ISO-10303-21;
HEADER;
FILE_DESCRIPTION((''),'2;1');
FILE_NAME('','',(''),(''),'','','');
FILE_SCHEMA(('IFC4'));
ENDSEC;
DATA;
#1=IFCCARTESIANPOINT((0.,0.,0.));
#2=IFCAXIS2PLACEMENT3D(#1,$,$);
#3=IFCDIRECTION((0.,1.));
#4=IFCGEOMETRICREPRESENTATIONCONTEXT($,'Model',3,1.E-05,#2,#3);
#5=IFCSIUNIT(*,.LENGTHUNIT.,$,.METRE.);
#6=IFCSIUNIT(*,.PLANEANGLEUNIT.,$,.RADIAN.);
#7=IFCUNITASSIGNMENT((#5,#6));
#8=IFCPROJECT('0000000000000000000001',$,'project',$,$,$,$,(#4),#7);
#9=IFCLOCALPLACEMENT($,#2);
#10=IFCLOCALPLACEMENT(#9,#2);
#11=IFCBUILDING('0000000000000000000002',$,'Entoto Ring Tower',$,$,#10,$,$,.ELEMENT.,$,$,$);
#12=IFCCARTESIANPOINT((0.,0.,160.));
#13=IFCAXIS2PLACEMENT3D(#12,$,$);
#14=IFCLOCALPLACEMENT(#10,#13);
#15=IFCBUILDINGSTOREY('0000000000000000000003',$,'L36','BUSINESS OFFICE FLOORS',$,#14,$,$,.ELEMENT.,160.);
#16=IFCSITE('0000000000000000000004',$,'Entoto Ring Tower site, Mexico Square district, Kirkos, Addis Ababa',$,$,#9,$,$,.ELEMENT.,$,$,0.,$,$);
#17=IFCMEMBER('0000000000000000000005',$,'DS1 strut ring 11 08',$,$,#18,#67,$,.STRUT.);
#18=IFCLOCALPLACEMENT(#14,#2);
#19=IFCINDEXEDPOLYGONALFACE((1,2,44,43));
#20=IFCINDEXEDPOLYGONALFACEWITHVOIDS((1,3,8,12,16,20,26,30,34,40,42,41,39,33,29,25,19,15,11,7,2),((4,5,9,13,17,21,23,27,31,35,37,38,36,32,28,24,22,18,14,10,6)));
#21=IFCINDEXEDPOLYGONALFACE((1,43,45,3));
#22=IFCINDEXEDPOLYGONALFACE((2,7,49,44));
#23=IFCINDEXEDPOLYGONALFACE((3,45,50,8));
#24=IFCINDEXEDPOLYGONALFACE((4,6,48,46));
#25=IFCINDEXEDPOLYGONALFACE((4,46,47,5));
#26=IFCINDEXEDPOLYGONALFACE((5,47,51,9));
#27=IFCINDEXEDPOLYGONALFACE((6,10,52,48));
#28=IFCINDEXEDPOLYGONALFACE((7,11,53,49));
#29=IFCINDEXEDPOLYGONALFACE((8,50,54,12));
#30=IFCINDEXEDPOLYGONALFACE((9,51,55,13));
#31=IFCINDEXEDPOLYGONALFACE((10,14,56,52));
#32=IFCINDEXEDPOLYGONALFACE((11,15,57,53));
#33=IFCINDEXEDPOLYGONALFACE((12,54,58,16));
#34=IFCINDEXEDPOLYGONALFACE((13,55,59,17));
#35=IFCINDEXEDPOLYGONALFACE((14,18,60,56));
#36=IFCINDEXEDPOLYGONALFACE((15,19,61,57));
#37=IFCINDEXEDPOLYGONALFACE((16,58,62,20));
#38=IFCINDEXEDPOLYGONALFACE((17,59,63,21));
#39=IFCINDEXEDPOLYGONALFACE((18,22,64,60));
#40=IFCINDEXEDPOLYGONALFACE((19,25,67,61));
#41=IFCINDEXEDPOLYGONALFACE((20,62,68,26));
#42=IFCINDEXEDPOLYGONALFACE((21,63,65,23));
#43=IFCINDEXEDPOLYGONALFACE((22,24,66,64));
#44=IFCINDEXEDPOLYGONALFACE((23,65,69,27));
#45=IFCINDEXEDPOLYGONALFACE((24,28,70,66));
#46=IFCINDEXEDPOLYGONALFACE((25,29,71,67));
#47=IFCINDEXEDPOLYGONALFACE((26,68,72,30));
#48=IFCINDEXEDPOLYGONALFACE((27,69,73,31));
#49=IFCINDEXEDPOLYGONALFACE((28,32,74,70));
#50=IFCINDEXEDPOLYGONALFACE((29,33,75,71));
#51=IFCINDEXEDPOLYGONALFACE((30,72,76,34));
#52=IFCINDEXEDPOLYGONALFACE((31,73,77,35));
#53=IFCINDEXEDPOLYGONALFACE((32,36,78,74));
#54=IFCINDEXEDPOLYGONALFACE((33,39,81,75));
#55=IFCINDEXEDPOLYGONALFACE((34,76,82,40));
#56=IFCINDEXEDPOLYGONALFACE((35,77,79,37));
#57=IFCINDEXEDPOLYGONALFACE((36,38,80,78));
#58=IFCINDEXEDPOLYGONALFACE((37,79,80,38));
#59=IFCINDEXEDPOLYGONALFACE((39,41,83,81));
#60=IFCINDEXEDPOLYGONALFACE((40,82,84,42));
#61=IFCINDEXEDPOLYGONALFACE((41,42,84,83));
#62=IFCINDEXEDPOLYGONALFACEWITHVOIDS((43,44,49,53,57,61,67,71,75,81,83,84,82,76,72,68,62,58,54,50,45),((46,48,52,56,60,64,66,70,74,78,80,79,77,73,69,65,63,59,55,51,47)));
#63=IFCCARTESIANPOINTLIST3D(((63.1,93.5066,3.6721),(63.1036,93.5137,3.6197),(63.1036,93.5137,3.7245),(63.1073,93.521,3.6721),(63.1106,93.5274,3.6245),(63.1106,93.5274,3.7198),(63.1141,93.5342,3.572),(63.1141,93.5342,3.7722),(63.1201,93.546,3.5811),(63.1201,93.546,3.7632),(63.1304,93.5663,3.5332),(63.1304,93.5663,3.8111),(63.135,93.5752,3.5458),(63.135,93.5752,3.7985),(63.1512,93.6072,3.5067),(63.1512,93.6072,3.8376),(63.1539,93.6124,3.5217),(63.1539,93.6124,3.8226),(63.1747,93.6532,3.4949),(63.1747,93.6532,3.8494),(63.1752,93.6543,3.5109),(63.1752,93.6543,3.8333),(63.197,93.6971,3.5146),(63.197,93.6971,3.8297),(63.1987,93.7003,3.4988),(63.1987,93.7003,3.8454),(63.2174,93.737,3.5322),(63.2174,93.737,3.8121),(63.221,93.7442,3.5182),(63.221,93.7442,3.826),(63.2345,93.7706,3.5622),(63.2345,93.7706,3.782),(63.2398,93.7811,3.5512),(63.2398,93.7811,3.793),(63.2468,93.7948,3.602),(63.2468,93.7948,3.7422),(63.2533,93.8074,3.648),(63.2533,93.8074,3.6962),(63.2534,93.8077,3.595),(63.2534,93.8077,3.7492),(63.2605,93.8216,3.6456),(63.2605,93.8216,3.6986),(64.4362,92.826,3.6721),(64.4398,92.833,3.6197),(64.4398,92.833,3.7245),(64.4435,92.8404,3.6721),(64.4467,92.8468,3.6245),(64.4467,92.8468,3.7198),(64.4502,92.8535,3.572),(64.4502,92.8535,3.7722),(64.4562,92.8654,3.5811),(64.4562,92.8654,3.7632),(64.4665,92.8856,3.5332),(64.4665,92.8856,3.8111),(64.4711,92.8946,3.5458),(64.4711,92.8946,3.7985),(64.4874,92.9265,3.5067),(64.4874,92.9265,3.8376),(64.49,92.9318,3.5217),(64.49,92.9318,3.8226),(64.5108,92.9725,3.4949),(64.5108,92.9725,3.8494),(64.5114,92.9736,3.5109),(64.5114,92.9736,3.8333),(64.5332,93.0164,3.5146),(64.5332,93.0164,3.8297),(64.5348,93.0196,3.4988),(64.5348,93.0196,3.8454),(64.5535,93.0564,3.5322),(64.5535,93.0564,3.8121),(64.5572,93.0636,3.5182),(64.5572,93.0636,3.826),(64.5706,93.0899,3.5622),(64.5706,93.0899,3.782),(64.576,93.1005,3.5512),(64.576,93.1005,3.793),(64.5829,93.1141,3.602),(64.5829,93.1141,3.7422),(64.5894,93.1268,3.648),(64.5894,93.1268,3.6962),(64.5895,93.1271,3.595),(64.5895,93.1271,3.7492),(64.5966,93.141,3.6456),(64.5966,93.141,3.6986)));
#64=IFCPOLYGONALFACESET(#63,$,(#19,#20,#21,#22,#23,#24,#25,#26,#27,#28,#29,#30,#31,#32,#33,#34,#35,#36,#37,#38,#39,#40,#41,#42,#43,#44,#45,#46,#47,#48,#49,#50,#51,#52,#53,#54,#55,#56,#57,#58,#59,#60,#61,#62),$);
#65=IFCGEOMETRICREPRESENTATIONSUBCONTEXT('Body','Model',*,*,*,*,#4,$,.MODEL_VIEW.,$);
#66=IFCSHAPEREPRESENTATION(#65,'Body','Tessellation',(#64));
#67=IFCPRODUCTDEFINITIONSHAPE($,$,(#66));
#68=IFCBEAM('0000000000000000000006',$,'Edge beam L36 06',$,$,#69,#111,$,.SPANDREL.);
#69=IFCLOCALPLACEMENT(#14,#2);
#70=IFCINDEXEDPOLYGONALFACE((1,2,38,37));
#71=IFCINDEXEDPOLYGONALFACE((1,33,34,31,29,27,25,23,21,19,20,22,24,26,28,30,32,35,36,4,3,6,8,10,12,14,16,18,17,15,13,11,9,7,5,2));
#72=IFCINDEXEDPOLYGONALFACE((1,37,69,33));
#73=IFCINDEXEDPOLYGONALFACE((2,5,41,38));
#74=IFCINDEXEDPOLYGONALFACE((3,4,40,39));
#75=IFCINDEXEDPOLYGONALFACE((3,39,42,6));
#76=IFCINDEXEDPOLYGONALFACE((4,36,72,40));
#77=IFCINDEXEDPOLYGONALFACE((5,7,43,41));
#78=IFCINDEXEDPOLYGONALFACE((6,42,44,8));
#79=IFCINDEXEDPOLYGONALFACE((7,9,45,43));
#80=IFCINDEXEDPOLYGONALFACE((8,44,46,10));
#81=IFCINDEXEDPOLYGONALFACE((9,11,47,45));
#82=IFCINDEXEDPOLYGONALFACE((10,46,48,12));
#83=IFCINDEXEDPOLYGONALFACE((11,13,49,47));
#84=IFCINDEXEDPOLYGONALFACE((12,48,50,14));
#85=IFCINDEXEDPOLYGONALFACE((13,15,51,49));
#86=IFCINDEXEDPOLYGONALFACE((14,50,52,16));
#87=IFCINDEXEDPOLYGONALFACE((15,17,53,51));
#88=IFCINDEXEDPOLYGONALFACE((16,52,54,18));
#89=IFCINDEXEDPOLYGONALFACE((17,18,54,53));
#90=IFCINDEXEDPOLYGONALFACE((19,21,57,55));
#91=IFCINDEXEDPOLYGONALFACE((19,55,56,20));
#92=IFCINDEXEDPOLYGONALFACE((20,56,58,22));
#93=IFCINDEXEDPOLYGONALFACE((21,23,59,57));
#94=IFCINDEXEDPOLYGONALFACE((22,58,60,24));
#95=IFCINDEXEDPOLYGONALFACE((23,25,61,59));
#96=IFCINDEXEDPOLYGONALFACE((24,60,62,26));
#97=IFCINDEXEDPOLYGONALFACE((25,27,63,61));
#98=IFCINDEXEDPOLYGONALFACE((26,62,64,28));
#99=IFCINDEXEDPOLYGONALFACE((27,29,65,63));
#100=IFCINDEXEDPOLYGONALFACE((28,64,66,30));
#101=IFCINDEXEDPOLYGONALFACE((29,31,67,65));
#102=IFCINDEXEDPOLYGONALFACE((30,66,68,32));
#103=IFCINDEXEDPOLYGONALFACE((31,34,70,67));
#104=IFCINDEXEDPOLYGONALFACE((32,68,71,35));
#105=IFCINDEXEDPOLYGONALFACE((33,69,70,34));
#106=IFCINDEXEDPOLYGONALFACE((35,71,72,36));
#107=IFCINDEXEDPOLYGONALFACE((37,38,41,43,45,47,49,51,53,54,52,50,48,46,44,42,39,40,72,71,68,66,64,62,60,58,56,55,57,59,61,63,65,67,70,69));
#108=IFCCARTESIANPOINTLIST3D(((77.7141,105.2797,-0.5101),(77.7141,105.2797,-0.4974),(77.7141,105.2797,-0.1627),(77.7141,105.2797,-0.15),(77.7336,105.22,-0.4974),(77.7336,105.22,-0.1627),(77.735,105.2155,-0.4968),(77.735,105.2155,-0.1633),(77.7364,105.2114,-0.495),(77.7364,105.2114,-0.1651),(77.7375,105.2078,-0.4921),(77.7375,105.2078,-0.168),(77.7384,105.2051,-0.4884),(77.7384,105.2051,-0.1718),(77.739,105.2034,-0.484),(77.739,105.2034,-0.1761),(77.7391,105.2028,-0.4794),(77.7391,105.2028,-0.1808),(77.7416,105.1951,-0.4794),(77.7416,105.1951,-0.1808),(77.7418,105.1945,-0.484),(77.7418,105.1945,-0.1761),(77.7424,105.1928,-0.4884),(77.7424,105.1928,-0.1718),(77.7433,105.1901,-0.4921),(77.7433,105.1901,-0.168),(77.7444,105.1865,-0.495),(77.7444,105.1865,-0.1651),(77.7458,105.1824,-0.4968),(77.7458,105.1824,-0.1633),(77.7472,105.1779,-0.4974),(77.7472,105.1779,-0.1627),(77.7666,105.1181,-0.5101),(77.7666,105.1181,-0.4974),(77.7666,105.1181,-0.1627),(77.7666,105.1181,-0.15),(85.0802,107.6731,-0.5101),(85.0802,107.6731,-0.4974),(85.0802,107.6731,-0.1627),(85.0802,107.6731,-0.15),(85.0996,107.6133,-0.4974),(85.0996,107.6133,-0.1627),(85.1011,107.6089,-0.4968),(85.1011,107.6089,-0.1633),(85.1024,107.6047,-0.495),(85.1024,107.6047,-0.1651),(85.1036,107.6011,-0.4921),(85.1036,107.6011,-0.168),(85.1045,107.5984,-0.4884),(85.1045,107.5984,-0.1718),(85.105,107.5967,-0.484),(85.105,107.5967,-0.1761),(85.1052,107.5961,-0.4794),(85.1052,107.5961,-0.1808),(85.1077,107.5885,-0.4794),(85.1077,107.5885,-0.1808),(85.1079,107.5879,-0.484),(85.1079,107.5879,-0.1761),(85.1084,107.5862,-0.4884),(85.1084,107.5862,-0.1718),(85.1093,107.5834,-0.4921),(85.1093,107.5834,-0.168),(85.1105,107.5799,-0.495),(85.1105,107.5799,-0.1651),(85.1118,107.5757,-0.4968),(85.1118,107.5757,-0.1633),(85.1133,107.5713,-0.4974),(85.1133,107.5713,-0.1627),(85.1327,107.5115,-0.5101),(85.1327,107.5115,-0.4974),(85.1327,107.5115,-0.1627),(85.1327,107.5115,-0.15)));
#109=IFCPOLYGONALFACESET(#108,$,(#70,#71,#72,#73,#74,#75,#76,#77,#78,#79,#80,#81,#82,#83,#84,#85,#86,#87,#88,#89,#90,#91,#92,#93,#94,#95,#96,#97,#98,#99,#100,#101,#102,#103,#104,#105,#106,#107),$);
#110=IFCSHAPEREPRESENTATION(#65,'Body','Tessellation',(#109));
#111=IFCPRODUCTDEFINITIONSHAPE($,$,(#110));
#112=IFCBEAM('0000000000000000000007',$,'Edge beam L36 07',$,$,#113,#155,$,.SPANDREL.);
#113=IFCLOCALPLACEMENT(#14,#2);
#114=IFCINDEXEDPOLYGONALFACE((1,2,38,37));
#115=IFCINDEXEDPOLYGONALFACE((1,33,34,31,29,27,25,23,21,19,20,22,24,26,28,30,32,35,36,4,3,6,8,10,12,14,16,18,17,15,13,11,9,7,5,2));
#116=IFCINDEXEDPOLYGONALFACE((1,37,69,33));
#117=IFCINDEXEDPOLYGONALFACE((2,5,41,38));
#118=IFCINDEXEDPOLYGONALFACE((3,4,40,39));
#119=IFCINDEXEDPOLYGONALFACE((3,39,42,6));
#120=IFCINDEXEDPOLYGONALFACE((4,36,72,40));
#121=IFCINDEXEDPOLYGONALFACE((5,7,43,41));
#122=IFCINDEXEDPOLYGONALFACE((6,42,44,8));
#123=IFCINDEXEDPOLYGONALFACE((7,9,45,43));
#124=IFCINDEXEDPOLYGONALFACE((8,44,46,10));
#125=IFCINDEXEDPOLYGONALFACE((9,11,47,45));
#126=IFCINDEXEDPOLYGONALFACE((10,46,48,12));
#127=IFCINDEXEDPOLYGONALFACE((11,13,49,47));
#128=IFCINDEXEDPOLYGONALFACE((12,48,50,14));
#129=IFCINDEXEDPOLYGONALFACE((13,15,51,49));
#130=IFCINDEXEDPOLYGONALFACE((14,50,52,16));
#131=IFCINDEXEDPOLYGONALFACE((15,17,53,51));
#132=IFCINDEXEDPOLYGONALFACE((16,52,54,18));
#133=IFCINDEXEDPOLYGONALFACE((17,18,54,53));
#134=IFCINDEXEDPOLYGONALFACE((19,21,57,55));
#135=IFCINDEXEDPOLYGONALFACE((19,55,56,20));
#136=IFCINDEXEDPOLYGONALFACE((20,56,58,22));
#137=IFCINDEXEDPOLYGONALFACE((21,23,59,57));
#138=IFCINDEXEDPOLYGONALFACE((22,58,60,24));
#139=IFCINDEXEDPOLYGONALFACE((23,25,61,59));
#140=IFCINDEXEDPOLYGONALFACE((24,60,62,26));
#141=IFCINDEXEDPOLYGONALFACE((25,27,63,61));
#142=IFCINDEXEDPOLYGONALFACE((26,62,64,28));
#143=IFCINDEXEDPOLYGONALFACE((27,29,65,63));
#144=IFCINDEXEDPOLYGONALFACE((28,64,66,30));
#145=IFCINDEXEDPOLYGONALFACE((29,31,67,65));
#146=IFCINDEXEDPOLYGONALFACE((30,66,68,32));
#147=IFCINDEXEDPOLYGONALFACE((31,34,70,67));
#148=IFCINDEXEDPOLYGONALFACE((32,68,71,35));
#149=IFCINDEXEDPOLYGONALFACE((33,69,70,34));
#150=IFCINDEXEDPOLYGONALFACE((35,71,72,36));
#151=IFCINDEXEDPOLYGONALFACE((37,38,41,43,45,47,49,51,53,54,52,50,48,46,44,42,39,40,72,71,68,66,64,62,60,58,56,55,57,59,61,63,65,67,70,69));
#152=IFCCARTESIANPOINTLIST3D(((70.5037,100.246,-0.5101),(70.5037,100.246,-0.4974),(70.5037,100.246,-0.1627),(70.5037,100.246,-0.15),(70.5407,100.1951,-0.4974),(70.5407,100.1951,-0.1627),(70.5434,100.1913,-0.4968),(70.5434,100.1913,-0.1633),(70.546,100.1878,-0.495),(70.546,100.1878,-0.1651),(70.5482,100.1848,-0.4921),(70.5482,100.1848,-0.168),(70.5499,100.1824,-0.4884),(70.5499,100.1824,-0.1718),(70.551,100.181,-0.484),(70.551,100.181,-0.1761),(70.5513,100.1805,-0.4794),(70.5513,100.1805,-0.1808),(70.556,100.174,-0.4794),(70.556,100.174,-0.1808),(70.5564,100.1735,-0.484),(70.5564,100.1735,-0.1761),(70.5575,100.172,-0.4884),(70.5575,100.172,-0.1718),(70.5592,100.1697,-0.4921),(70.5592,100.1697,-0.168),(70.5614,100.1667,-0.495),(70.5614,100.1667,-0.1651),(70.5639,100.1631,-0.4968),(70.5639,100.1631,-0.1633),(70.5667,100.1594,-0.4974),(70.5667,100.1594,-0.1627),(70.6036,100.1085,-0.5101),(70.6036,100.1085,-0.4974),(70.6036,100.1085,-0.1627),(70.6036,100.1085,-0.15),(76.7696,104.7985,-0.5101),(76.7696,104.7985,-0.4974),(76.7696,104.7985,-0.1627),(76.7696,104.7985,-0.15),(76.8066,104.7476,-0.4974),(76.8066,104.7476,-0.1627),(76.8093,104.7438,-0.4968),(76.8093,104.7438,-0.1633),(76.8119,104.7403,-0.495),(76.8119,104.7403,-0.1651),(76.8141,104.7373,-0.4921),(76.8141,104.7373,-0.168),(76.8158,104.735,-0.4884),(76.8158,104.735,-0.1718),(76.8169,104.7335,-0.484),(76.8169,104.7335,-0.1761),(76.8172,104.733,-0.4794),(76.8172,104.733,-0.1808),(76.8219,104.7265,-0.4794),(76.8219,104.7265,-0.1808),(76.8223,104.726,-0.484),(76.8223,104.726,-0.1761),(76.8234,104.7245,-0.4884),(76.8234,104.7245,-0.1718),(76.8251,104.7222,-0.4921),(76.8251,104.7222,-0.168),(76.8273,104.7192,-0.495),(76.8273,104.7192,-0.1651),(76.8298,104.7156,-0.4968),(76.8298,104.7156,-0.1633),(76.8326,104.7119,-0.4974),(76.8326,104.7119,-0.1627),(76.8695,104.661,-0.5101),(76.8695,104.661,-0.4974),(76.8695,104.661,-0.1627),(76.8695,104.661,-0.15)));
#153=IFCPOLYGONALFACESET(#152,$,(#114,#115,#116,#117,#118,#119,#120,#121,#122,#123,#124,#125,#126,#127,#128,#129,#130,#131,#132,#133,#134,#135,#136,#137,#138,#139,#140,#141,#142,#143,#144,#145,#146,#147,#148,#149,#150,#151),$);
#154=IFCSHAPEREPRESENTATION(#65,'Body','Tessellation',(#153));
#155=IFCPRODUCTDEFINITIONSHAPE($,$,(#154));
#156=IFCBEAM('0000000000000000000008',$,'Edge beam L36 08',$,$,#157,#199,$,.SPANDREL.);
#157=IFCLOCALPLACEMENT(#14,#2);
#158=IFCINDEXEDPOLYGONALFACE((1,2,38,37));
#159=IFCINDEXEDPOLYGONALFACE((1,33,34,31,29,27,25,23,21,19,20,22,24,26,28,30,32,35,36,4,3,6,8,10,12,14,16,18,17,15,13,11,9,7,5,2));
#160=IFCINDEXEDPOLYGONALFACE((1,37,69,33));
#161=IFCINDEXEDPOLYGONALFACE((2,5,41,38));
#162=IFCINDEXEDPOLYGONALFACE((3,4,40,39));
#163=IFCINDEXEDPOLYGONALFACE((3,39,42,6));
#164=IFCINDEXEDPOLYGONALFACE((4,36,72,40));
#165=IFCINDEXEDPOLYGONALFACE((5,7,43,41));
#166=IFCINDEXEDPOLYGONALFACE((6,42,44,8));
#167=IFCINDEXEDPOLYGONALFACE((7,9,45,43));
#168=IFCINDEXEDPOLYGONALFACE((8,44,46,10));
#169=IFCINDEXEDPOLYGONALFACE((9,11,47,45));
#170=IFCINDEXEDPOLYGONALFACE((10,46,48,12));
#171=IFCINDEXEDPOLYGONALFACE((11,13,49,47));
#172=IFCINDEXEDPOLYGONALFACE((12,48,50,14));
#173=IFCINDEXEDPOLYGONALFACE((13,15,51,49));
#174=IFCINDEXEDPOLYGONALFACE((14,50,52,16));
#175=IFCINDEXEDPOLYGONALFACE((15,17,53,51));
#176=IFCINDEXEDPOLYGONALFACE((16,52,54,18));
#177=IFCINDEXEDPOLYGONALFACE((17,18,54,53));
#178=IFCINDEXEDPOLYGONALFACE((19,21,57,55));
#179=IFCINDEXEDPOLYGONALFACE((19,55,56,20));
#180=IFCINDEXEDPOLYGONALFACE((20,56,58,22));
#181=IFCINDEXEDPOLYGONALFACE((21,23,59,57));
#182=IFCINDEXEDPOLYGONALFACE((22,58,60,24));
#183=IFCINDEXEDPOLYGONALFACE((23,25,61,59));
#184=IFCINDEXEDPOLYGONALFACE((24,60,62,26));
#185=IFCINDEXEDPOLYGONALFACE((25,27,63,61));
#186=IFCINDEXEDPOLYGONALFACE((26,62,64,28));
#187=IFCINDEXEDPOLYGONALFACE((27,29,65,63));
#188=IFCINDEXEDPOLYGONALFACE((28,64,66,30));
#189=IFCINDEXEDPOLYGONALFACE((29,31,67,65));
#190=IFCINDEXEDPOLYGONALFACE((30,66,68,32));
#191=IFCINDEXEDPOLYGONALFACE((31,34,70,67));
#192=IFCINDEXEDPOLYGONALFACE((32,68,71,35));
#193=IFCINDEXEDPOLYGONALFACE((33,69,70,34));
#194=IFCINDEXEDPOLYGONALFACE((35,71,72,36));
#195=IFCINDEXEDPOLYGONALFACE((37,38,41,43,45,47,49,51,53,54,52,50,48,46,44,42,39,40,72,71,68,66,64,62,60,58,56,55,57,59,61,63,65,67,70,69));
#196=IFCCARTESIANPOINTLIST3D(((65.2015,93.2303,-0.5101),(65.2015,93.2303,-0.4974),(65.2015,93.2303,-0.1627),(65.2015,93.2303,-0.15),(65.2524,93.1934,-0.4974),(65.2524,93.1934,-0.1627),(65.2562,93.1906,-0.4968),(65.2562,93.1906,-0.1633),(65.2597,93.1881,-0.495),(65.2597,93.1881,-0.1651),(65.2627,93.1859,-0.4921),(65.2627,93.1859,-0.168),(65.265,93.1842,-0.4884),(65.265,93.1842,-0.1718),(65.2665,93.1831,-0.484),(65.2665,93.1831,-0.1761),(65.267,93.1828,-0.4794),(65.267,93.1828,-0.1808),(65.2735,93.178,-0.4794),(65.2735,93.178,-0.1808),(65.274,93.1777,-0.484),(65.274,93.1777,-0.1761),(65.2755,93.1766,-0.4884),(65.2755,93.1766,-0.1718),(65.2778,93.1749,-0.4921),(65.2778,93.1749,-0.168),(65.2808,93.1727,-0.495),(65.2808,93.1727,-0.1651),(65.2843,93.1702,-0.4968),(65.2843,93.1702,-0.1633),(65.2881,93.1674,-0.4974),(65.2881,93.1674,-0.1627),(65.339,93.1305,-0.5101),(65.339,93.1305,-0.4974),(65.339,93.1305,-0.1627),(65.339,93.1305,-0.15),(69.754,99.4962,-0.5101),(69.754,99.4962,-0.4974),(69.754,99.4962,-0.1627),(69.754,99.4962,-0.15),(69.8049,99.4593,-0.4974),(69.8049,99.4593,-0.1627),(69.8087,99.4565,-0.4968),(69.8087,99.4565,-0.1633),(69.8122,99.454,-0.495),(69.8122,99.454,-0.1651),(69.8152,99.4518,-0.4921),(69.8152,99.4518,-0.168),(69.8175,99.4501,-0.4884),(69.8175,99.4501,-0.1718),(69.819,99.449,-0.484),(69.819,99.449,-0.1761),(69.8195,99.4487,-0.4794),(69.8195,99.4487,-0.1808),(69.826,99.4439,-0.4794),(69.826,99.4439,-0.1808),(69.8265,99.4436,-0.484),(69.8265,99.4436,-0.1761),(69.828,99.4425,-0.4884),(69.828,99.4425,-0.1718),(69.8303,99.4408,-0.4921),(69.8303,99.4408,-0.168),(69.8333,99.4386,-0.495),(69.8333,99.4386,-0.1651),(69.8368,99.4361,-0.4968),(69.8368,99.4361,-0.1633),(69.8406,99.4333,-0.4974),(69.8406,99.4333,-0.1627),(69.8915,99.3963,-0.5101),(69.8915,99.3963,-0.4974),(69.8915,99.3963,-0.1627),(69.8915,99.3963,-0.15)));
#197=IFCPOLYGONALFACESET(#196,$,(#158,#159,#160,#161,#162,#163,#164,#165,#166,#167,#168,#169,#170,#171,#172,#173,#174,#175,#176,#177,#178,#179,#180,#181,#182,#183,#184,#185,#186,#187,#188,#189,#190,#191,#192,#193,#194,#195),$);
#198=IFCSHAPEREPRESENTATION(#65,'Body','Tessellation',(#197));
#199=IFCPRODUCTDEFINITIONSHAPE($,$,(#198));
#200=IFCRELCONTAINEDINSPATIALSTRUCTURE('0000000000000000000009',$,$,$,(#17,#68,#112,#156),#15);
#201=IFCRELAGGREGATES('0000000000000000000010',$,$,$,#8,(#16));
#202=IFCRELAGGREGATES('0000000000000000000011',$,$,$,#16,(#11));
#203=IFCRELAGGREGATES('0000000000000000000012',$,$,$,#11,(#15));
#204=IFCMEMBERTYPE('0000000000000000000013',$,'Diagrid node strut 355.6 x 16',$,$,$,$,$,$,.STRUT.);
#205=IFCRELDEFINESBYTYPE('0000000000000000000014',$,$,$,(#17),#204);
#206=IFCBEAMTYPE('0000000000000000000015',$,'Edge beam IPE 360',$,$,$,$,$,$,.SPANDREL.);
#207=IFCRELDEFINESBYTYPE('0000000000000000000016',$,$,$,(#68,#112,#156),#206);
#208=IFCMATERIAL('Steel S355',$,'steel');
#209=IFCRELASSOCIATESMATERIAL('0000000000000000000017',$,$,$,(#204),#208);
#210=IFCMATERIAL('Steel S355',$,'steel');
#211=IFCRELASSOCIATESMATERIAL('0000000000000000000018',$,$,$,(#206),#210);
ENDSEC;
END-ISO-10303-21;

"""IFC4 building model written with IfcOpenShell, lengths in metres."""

from ifc_helpers import new_model, si_unit, direction, frame, origin, origin_2d, place, context, subcontext, project, spatial, circle, hollow_circle, i_section, extrude, material, material_profile, profile_set, type_object, element, save


model = new_model("IFC4")

# Units and contexts
model_context = context("Model", 3, precision=1e-05, world=origin(), true_north=direction((0.0, 1.0)))
body_context = subcontext(model_context, "Body", "Model", "MODEL_VIEW")
ifc_project = project(units=[si_unit("LENGTHUNIT", "METRE"), si_unit("PLANEANGLEUNIT", "RADIAN")], contexts=[model_context])

# Site, building, storey
site_placement = place(None, origin())
site = spatial("IfcSite", under=ifc_project, at=site_placement, Name="Entoto Ring Tower site, Mexico Square district, Kirkos, Addis Ababa", CompositionType="ELEMENT", RefElevation=0.0)
building_placement = place(site_placement, origin())
building = spatial("IfcBuilding", under=site, at=building_placement, Name="Entoto Ring Tower", CompositionType="ELEMENT")
storey_placement = place(building_placement, frame((0.0, 0.0, 160.0)))
storey = spatial("IfcBuildingStorey", under=building, at=storey_placement, Name="L36", Description="BUSINESS OFFICE FLOORS", CompositionType="ELEMENT", Elevation=160.0)

# Member
ifc_material_1 = material(Name="Steel S355", Category="steel")
ifc_material_profile_1 = material_profile(ifc_material_1, hollow_circle(Radius=0.1777, WallThickness=0.0161, at=origin_2d()), Name="CHS 355.6 x 16")
ifc_material_2 = material(Name="Concrete C60/75", Category="concrete")
ifc_material_profile_2 = material_profile(ifc_material_2, circle(Radius=0.1619, at=origin_2d()), Name="Concrete C60/75 infill")
ifc_profile_set_1 = profile_set([ifc_material_profile_1, ifc_material_profile_2], Name="Steel S355")
member_type = type_object("IfcMemberType", Name="Diagrid node strut 355.6 x 16", PredefinedType="STRUT", material=ifc_profile_set_1)
for number, where, z_axis, x_axis, name in (
    (1, (64.5168, 92.9844, 3.6721), (-0.891048, 0.453909, 0.0), (-0.453909, -0.891048, 0.0), "DS1 strut ring 11 08"),
):
    element("IfcMember", number, at=place(storey_placement, frame(where, z_axis=z_axis, x_axis=x_axis)), inside=storey, type_object=member_type, Name=name, PredefinedType="STRUT", context=body_context, shape_type="SweptSolid", body=[
        extrude(hollow_circle(Radius=0.1777, WallThickness=0.0161, at=origin_2d()), origin(), (0.0, 0.0, 1.0), 1.4995),
    ])

# Beams
ifc_material_3 = material(Name="Steel S355", Category="steel")
ifc_material_profile_3 = material_profile(ifc_material_3, i_section(OverallWidth=0.1699, OverallDepth=0.3601, WebThickness=0.0081, FlangeThickness=0.0127, FilletRadius=0.0181, at=origin_2d()), Name="IPE 360")
ifc_profile_set_2 = profile_set([ifc_material_profile_3], Name="Steel S355")
beam_type_1 = type_object("IfcBeamType", Name="Edge beam IPE 360", PredefinedType="SPANDREL", material=ifc_profile_set_2)
for number, where, z_axis, x_axis, name in (
    (2, (85.1064, 107.5923, -0.3301), (-0.951058, -0.309013, 0.0), (0.309013, -0.951058, 0.0), "Edge beam L36 06"),
    (3, (76.8196, 104.7297, -0.3301), (-0.809013, -0.587791, 0.0), (0.587791, -0.809013, 0.0), "Edge beam L36 07"),
    (4, (69.8228, 99.4463, -0.3301), (-0.587791, -0.809013, 0.0), (0.809013, -0.587791, 0.0), "Edge beam L36 08"),
):
    element("IfcBeam", number, at=place(storey_placement, frame(where, z_axis=z_axis, x_axis=x_axis)), inside=storey, type_object=beam_type_1, Name=name, PredefinedType="SPANDREL", context=body_context, shape_type="SweptSolid", body=[
        extrude(i_section(OverallWidth=0.1699, OverallDepth=0.3601, WebThickness=0.0081, FlangeThickness=0.0127, FilletRadius=0.0181, at=origin_2d()), origin(), (0.0, 0.0, 1.0), 7.7451),
    ])

save(model, "model.ifc")
